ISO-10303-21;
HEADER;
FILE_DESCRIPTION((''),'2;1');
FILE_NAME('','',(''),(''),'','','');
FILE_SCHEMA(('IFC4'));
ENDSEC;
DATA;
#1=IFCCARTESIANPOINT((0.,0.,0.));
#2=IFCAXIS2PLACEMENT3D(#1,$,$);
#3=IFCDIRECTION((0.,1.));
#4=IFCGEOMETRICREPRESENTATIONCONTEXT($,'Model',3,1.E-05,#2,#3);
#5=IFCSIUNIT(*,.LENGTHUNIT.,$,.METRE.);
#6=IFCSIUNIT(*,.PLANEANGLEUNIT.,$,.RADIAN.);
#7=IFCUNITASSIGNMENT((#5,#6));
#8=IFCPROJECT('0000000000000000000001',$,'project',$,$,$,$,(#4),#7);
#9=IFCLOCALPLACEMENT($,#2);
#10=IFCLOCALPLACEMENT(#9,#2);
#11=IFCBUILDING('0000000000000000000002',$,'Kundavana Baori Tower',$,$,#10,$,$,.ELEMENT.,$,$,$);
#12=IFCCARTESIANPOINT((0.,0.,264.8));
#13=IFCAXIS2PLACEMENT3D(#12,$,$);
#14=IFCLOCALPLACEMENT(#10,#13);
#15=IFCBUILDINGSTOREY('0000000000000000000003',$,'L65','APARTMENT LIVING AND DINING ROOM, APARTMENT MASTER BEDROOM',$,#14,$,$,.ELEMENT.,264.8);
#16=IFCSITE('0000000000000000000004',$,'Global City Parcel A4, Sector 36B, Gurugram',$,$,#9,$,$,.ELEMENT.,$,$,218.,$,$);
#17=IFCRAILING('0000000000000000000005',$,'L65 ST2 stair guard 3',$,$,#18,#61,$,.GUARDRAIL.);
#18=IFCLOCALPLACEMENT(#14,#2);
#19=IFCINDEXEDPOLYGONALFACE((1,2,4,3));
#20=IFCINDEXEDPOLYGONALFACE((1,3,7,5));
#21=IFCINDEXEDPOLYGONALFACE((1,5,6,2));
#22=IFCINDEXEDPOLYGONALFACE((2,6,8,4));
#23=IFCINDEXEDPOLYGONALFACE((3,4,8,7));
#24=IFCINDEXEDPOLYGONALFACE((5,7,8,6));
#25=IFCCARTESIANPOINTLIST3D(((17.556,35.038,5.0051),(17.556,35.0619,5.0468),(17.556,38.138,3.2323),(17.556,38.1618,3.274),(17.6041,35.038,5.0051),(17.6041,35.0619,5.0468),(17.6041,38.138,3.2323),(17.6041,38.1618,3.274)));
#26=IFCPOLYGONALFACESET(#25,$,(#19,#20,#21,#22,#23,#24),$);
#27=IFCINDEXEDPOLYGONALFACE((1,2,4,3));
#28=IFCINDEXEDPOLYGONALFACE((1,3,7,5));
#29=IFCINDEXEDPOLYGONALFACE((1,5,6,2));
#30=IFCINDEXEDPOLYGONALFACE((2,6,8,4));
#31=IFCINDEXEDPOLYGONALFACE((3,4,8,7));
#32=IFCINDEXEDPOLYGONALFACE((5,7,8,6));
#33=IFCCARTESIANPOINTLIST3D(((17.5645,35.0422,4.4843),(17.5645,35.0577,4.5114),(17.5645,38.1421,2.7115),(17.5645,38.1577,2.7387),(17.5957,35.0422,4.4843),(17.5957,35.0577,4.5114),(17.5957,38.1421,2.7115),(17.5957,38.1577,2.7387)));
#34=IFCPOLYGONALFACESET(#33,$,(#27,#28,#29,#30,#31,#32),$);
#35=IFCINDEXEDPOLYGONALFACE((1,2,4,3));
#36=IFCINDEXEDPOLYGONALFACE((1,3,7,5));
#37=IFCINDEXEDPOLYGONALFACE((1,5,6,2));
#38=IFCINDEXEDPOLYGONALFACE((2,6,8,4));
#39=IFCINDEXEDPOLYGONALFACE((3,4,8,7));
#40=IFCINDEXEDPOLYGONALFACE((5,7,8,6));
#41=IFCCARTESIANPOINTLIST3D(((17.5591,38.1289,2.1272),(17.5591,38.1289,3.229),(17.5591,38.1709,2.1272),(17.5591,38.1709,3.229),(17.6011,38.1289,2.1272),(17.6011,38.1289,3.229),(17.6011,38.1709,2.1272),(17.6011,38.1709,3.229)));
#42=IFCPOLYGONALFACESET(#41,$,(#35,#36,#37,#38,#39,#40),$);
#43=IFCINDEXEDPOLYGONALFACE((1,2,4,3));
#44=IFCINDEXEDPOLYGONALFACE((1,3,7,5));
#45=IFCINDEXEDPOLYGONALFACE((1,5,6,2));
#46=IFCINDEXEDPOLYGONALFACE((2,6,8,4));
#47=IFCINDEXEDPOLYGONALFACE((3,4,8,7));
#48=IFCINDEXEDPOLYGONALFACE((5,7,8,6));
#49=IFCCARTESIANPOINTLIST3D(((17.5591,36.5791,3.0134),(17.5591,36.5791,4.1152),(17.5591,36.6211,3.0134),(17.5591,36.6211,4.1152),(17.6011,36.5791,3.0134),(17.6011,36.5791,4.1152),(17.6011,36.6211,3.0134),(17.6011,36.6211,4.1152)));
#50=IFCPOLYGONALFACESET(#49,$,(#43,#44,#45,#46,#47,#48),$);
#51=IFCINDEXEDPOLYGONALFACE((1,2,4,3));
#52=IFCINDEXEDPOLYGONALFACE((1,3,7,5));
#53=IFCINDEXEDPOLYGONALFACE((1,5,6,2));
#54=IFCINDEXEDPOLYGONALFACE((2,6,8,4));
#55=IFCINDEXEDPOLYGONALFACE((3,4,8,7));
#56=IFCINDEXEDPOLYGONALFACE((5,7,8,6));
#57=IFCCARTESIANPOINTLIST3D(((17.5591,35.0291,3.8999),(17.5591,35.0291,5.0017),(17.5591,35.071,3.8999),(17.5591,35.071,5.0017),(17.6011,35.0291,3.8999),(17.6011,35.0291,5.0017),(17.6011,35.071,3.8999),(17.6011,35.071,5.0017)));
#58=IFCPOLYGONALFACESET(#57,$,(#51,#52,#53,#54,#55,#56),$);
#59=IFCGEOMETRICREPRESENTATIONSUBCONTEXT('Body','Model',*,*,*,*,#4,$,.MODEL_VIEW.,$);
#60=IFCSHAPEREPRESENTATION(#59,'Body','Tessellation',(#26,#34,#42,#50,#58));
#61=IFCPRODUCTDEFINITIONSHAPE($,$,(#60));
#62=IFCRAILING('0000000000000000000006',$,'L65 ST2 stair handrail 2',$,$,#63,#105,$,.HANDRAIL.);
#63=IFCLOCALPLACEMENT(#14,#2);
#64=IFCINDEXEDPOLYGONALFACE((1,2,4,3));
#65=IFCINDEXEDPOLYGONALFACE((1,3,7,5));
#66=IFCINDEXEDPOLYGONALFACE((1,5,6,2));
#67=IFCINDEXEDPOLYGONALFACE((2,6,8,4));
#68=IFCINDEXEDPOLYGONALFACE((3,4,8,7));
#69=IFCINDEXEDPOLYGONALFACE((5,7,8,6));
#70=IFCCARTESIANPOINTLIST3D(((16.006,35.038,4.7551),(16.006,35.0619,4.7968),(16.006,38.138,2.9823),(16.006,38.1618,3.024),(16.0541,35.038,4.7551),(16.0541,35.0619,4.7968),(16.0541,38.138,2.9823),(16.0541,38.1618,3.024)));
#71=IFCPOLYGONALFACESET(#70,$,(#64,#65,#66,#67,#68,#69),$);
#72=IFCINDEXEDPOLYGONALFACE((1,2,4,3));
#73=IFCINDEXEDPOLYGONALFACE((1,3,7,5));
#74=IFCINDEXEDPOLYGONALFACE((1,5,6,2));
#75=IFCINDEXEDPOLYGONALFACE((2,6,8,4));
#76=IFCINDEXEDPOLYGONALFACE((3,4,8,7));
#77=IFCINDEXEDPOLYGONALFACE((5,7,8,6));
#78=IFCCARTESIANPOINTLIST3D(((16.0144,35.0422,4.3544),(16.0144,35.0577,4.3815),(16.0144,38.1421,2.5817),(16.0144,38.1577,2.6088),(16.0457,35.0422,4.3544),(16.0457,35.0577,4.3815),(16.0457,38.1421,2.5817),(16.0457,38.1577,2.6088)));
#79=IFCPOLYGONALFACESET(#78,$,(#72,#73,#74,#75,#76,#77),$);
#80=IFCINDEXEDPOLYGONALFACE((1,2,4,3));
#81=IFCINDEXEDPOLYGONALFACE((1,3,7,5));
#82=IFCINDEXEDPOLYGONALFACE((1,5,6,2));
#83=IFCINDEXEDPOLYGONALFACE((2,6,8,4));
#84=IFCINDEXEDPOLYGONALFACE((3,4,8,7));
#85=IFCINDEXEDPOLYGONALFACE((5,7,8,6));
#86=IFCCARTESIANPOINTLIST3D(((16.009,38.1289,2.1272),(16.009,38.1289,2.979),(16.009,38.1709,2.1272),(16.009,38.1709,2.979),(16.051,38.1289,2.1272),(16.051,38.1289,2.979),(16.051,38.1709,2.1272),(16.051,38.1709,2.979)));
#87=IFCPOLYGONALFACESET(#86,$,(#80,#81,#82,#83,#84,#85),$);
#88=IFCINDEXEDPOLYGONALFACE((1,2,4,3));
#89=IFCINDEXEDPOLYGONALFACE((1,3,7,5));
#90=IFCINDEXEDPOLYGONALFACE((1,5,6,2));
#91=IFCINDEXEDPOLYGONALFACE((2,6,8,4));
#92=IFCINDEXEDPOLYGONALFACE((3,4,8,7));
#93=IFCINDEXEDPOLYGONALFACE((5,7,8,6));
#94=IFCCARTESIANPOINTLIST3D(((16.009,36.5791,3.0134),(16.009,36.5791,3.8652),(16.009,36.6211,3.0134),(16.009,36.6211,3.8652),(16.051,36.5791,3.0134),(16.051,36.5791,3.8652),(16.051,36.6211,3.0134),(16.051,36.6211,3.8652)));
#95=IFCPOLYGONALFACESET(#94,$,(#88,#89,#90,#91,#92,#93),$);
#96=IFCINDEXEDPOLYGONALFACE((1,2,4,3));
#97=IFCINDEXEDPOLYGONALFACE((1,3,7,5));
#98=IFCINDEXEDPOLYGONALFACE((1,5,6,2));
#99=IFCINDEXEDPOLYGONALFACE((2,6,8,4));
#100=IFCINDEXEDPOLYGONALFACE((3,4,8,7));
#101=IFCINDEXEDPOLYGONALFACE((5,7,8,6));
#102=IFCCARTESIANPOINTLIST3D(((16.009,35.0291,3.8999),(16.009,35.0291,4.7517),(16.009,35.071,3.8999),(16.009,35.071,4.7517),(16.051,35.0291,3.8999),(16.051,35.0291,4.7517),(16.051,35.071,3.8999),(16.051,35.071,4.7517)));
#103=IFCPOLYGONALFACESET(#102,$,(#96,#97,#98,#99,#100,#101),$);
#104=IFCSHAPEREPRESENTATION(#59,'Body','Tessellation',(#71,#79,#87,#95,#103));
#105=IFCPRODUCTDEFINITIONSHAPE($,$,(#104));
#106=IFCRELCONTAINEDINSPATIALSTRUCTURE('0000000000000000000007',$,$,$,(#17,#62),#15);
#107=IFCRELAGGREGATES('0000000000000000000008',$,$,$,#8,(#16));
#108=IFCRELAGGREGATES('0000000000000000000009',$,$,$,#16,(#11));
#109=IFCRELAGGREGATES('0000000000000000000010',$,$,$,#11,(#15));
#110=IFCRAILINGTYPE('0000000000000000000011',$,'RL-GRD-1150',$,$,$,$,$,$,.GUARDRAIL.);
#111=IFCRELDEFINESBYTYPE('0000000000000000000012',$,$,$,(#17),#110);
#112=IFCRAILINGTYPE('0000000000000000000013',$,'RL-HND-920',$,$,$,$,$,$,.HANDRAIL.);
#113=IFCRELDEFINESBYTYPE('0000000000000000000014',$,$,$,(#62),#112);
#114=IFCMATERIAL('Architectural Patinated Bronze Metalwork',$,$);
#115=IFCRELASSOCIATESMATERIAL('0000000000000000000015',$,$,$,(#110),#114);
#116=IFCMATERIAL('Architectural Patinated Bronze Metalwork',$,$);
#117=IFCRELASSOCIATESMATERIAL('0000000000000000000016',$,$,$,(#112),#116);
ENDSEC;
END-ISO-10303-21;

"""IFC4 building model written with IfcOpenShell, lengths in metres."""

from ifc_helpers import new_model, si_unit, direction, frame, origin, origin_2d, place, context, subcontext, project, spatial, rectangle, extrude, material, type_object, element, save


model = new_model("IFC4")

# Units and contexts
model_context = context("Model", 3, precision=1e-05, world=origin(), true_north=direction((0.0, 1.0)))
body_context = subcontext(model_context, "Body", "Model", "MODEL_VIEW")
ifc_project = project(units=[si_unit("LENGTHUNIT", "METRE"), si_unit("PLANEANGLEUNIT", "RADIAN")], contexts=[model_context])

# Site, building, storey
site_placement = place(None, origin())
site = spatial("IfcSite", under=ifc_project, at=site_placement, Name="Global City Parcel A4, Sector 36B, Gurugram", CompositionType="ELEMENT", RefElevation=218.0)
building_placement = place(site_placement, origin())
building = spatial("IfcBuilding", under=site, at=building_placement, Name="Kundavana Baori Tower", CompositionType="ELEMENT")
storey_placement = place(building_placement, frame((0.0, 0.0, 264.8)))
storey = spatial("IfcBuildingStorey", under=building, at=storey_placement, Name="L65", Description="APARTMENT LIVING AND DINING ROOM, APARTMENT MASTER BEDROOM", CompositionType="ELEMENT", Elevation=264.8)

# Railings
ifc_material_1 = material(Name="Architectural Patinated Bronze Metalwork")
railing_type_1 = type_object("IfcRailingType", Name="RL-GRD-1150", PredefinedType="GUARDRAIL", material=ifc_material_1)
railing_1_placement = place(storey_placement, frame((17.5801, 38.1499, 2.1272)))
element("IfcRailing", 1, at=railing_1_placement, inside=storey, type_object=railing_type_1, Name="L65 ST2 stair guard 3", PredefinedType="GUARDRAIL", context=body_context, shape_type="SweptSolid", body=[
    extrude(rectangle(XDim=0.0481, YDim=0.0481, at=origin_2d()), frame((0.0, 0.0, 1.126), z_axis=(0.0, -0.868079, 0.496426), x_axis=(1.0, 0.0, 0.0)), (0.0, 0.0, 1.0), 3.571),
    extrude(rectangle(XDim=0.0312, YDim=0.0312, at=origin_2d()), frame((0.0, 0.0, 0.5979), z_axis=(0.0, -0.868079, 0.496426), x_axis=(1.0, 0.0, 0.0)), (0.0, 0.0, 1.0), 3.571),
    extrude(rectangle(XDim=0.042, YDim=0.042, at=origin_2d()), origin(), (0.0, 0.0, 1.0), 1.1018),
    extrude(rectangle(XDim=0.042, YDim=0.042, at=origin_2d()), frame((0.0, -1.5498, 0.8862)), (0.0, 0.0, 1.0), 1.1018),
    extrude(rectangle(XDim=0.042, YDim=0.042, at=origin_2d()), frame((0.0, -3.0999, 1.7727)), (0.0, 0.0, 1.0), 1.1018),
])
ifc_material_2 = material(Name="Architectural Patinated Bronze Metalwork")
railing_type_2 = type_object("IfcRailingType", Name="RL-HND-920", PredefinedType="HANDRAIL", material=ifc_material_2)
railing_2_placement = place(storey_placement, frame((16.03, 38.1499, 2.1272)))
element("IfcRailing", 2, at=railing_2_placement, inside=storey, type_object=railing_type_2, Name="L65 ST2 stair handrail 2", PredefinedType="HANDRAIL", context=body_context, shape_type="SweptSolid", body=[
    extrude(rectangle(XDim=0.0481, YDim=0.0481, at=origin_2d()), frame((0.0, 0.0, 0.876), z_axis=(0.0, -0.868079, 0.496426), x_axis=(1.0, 0.0, 0.0)), (0.0, 0.0, 1.0), 3.571),
    extrude(rectangle(XDim=0.0312, YDim=0.0312, at=origin_2d()), frame((0.0, 0.0, 0.468), z_axis=(0.0, -0.868079, 0.496426), x_axis=(1.0, 0.0, 0.0)), (0.0, 0.0, 1.0), 3.571),
    extrude(rectangle(XDim=0.042, YDim=0.042, at=origin_2d()), origin(), (0.0, 0.0, 1.0), 0.8518),
    extrude(rectangle(XDim=0.042, YDim=0.042, at=origin_2d()), frame((0.0, -1.5498, 0.8862)), (0.0, 0.0, 1.0), 0.8518),
    extrude(rectangle(XDim=0.042, YDim=0.042, at=origin_2d()), frame((0.0, -3.0999, 1.7727)), (0.0, 0.0, 1.0), 0.8518),
])

save(model, "model.ifc")
